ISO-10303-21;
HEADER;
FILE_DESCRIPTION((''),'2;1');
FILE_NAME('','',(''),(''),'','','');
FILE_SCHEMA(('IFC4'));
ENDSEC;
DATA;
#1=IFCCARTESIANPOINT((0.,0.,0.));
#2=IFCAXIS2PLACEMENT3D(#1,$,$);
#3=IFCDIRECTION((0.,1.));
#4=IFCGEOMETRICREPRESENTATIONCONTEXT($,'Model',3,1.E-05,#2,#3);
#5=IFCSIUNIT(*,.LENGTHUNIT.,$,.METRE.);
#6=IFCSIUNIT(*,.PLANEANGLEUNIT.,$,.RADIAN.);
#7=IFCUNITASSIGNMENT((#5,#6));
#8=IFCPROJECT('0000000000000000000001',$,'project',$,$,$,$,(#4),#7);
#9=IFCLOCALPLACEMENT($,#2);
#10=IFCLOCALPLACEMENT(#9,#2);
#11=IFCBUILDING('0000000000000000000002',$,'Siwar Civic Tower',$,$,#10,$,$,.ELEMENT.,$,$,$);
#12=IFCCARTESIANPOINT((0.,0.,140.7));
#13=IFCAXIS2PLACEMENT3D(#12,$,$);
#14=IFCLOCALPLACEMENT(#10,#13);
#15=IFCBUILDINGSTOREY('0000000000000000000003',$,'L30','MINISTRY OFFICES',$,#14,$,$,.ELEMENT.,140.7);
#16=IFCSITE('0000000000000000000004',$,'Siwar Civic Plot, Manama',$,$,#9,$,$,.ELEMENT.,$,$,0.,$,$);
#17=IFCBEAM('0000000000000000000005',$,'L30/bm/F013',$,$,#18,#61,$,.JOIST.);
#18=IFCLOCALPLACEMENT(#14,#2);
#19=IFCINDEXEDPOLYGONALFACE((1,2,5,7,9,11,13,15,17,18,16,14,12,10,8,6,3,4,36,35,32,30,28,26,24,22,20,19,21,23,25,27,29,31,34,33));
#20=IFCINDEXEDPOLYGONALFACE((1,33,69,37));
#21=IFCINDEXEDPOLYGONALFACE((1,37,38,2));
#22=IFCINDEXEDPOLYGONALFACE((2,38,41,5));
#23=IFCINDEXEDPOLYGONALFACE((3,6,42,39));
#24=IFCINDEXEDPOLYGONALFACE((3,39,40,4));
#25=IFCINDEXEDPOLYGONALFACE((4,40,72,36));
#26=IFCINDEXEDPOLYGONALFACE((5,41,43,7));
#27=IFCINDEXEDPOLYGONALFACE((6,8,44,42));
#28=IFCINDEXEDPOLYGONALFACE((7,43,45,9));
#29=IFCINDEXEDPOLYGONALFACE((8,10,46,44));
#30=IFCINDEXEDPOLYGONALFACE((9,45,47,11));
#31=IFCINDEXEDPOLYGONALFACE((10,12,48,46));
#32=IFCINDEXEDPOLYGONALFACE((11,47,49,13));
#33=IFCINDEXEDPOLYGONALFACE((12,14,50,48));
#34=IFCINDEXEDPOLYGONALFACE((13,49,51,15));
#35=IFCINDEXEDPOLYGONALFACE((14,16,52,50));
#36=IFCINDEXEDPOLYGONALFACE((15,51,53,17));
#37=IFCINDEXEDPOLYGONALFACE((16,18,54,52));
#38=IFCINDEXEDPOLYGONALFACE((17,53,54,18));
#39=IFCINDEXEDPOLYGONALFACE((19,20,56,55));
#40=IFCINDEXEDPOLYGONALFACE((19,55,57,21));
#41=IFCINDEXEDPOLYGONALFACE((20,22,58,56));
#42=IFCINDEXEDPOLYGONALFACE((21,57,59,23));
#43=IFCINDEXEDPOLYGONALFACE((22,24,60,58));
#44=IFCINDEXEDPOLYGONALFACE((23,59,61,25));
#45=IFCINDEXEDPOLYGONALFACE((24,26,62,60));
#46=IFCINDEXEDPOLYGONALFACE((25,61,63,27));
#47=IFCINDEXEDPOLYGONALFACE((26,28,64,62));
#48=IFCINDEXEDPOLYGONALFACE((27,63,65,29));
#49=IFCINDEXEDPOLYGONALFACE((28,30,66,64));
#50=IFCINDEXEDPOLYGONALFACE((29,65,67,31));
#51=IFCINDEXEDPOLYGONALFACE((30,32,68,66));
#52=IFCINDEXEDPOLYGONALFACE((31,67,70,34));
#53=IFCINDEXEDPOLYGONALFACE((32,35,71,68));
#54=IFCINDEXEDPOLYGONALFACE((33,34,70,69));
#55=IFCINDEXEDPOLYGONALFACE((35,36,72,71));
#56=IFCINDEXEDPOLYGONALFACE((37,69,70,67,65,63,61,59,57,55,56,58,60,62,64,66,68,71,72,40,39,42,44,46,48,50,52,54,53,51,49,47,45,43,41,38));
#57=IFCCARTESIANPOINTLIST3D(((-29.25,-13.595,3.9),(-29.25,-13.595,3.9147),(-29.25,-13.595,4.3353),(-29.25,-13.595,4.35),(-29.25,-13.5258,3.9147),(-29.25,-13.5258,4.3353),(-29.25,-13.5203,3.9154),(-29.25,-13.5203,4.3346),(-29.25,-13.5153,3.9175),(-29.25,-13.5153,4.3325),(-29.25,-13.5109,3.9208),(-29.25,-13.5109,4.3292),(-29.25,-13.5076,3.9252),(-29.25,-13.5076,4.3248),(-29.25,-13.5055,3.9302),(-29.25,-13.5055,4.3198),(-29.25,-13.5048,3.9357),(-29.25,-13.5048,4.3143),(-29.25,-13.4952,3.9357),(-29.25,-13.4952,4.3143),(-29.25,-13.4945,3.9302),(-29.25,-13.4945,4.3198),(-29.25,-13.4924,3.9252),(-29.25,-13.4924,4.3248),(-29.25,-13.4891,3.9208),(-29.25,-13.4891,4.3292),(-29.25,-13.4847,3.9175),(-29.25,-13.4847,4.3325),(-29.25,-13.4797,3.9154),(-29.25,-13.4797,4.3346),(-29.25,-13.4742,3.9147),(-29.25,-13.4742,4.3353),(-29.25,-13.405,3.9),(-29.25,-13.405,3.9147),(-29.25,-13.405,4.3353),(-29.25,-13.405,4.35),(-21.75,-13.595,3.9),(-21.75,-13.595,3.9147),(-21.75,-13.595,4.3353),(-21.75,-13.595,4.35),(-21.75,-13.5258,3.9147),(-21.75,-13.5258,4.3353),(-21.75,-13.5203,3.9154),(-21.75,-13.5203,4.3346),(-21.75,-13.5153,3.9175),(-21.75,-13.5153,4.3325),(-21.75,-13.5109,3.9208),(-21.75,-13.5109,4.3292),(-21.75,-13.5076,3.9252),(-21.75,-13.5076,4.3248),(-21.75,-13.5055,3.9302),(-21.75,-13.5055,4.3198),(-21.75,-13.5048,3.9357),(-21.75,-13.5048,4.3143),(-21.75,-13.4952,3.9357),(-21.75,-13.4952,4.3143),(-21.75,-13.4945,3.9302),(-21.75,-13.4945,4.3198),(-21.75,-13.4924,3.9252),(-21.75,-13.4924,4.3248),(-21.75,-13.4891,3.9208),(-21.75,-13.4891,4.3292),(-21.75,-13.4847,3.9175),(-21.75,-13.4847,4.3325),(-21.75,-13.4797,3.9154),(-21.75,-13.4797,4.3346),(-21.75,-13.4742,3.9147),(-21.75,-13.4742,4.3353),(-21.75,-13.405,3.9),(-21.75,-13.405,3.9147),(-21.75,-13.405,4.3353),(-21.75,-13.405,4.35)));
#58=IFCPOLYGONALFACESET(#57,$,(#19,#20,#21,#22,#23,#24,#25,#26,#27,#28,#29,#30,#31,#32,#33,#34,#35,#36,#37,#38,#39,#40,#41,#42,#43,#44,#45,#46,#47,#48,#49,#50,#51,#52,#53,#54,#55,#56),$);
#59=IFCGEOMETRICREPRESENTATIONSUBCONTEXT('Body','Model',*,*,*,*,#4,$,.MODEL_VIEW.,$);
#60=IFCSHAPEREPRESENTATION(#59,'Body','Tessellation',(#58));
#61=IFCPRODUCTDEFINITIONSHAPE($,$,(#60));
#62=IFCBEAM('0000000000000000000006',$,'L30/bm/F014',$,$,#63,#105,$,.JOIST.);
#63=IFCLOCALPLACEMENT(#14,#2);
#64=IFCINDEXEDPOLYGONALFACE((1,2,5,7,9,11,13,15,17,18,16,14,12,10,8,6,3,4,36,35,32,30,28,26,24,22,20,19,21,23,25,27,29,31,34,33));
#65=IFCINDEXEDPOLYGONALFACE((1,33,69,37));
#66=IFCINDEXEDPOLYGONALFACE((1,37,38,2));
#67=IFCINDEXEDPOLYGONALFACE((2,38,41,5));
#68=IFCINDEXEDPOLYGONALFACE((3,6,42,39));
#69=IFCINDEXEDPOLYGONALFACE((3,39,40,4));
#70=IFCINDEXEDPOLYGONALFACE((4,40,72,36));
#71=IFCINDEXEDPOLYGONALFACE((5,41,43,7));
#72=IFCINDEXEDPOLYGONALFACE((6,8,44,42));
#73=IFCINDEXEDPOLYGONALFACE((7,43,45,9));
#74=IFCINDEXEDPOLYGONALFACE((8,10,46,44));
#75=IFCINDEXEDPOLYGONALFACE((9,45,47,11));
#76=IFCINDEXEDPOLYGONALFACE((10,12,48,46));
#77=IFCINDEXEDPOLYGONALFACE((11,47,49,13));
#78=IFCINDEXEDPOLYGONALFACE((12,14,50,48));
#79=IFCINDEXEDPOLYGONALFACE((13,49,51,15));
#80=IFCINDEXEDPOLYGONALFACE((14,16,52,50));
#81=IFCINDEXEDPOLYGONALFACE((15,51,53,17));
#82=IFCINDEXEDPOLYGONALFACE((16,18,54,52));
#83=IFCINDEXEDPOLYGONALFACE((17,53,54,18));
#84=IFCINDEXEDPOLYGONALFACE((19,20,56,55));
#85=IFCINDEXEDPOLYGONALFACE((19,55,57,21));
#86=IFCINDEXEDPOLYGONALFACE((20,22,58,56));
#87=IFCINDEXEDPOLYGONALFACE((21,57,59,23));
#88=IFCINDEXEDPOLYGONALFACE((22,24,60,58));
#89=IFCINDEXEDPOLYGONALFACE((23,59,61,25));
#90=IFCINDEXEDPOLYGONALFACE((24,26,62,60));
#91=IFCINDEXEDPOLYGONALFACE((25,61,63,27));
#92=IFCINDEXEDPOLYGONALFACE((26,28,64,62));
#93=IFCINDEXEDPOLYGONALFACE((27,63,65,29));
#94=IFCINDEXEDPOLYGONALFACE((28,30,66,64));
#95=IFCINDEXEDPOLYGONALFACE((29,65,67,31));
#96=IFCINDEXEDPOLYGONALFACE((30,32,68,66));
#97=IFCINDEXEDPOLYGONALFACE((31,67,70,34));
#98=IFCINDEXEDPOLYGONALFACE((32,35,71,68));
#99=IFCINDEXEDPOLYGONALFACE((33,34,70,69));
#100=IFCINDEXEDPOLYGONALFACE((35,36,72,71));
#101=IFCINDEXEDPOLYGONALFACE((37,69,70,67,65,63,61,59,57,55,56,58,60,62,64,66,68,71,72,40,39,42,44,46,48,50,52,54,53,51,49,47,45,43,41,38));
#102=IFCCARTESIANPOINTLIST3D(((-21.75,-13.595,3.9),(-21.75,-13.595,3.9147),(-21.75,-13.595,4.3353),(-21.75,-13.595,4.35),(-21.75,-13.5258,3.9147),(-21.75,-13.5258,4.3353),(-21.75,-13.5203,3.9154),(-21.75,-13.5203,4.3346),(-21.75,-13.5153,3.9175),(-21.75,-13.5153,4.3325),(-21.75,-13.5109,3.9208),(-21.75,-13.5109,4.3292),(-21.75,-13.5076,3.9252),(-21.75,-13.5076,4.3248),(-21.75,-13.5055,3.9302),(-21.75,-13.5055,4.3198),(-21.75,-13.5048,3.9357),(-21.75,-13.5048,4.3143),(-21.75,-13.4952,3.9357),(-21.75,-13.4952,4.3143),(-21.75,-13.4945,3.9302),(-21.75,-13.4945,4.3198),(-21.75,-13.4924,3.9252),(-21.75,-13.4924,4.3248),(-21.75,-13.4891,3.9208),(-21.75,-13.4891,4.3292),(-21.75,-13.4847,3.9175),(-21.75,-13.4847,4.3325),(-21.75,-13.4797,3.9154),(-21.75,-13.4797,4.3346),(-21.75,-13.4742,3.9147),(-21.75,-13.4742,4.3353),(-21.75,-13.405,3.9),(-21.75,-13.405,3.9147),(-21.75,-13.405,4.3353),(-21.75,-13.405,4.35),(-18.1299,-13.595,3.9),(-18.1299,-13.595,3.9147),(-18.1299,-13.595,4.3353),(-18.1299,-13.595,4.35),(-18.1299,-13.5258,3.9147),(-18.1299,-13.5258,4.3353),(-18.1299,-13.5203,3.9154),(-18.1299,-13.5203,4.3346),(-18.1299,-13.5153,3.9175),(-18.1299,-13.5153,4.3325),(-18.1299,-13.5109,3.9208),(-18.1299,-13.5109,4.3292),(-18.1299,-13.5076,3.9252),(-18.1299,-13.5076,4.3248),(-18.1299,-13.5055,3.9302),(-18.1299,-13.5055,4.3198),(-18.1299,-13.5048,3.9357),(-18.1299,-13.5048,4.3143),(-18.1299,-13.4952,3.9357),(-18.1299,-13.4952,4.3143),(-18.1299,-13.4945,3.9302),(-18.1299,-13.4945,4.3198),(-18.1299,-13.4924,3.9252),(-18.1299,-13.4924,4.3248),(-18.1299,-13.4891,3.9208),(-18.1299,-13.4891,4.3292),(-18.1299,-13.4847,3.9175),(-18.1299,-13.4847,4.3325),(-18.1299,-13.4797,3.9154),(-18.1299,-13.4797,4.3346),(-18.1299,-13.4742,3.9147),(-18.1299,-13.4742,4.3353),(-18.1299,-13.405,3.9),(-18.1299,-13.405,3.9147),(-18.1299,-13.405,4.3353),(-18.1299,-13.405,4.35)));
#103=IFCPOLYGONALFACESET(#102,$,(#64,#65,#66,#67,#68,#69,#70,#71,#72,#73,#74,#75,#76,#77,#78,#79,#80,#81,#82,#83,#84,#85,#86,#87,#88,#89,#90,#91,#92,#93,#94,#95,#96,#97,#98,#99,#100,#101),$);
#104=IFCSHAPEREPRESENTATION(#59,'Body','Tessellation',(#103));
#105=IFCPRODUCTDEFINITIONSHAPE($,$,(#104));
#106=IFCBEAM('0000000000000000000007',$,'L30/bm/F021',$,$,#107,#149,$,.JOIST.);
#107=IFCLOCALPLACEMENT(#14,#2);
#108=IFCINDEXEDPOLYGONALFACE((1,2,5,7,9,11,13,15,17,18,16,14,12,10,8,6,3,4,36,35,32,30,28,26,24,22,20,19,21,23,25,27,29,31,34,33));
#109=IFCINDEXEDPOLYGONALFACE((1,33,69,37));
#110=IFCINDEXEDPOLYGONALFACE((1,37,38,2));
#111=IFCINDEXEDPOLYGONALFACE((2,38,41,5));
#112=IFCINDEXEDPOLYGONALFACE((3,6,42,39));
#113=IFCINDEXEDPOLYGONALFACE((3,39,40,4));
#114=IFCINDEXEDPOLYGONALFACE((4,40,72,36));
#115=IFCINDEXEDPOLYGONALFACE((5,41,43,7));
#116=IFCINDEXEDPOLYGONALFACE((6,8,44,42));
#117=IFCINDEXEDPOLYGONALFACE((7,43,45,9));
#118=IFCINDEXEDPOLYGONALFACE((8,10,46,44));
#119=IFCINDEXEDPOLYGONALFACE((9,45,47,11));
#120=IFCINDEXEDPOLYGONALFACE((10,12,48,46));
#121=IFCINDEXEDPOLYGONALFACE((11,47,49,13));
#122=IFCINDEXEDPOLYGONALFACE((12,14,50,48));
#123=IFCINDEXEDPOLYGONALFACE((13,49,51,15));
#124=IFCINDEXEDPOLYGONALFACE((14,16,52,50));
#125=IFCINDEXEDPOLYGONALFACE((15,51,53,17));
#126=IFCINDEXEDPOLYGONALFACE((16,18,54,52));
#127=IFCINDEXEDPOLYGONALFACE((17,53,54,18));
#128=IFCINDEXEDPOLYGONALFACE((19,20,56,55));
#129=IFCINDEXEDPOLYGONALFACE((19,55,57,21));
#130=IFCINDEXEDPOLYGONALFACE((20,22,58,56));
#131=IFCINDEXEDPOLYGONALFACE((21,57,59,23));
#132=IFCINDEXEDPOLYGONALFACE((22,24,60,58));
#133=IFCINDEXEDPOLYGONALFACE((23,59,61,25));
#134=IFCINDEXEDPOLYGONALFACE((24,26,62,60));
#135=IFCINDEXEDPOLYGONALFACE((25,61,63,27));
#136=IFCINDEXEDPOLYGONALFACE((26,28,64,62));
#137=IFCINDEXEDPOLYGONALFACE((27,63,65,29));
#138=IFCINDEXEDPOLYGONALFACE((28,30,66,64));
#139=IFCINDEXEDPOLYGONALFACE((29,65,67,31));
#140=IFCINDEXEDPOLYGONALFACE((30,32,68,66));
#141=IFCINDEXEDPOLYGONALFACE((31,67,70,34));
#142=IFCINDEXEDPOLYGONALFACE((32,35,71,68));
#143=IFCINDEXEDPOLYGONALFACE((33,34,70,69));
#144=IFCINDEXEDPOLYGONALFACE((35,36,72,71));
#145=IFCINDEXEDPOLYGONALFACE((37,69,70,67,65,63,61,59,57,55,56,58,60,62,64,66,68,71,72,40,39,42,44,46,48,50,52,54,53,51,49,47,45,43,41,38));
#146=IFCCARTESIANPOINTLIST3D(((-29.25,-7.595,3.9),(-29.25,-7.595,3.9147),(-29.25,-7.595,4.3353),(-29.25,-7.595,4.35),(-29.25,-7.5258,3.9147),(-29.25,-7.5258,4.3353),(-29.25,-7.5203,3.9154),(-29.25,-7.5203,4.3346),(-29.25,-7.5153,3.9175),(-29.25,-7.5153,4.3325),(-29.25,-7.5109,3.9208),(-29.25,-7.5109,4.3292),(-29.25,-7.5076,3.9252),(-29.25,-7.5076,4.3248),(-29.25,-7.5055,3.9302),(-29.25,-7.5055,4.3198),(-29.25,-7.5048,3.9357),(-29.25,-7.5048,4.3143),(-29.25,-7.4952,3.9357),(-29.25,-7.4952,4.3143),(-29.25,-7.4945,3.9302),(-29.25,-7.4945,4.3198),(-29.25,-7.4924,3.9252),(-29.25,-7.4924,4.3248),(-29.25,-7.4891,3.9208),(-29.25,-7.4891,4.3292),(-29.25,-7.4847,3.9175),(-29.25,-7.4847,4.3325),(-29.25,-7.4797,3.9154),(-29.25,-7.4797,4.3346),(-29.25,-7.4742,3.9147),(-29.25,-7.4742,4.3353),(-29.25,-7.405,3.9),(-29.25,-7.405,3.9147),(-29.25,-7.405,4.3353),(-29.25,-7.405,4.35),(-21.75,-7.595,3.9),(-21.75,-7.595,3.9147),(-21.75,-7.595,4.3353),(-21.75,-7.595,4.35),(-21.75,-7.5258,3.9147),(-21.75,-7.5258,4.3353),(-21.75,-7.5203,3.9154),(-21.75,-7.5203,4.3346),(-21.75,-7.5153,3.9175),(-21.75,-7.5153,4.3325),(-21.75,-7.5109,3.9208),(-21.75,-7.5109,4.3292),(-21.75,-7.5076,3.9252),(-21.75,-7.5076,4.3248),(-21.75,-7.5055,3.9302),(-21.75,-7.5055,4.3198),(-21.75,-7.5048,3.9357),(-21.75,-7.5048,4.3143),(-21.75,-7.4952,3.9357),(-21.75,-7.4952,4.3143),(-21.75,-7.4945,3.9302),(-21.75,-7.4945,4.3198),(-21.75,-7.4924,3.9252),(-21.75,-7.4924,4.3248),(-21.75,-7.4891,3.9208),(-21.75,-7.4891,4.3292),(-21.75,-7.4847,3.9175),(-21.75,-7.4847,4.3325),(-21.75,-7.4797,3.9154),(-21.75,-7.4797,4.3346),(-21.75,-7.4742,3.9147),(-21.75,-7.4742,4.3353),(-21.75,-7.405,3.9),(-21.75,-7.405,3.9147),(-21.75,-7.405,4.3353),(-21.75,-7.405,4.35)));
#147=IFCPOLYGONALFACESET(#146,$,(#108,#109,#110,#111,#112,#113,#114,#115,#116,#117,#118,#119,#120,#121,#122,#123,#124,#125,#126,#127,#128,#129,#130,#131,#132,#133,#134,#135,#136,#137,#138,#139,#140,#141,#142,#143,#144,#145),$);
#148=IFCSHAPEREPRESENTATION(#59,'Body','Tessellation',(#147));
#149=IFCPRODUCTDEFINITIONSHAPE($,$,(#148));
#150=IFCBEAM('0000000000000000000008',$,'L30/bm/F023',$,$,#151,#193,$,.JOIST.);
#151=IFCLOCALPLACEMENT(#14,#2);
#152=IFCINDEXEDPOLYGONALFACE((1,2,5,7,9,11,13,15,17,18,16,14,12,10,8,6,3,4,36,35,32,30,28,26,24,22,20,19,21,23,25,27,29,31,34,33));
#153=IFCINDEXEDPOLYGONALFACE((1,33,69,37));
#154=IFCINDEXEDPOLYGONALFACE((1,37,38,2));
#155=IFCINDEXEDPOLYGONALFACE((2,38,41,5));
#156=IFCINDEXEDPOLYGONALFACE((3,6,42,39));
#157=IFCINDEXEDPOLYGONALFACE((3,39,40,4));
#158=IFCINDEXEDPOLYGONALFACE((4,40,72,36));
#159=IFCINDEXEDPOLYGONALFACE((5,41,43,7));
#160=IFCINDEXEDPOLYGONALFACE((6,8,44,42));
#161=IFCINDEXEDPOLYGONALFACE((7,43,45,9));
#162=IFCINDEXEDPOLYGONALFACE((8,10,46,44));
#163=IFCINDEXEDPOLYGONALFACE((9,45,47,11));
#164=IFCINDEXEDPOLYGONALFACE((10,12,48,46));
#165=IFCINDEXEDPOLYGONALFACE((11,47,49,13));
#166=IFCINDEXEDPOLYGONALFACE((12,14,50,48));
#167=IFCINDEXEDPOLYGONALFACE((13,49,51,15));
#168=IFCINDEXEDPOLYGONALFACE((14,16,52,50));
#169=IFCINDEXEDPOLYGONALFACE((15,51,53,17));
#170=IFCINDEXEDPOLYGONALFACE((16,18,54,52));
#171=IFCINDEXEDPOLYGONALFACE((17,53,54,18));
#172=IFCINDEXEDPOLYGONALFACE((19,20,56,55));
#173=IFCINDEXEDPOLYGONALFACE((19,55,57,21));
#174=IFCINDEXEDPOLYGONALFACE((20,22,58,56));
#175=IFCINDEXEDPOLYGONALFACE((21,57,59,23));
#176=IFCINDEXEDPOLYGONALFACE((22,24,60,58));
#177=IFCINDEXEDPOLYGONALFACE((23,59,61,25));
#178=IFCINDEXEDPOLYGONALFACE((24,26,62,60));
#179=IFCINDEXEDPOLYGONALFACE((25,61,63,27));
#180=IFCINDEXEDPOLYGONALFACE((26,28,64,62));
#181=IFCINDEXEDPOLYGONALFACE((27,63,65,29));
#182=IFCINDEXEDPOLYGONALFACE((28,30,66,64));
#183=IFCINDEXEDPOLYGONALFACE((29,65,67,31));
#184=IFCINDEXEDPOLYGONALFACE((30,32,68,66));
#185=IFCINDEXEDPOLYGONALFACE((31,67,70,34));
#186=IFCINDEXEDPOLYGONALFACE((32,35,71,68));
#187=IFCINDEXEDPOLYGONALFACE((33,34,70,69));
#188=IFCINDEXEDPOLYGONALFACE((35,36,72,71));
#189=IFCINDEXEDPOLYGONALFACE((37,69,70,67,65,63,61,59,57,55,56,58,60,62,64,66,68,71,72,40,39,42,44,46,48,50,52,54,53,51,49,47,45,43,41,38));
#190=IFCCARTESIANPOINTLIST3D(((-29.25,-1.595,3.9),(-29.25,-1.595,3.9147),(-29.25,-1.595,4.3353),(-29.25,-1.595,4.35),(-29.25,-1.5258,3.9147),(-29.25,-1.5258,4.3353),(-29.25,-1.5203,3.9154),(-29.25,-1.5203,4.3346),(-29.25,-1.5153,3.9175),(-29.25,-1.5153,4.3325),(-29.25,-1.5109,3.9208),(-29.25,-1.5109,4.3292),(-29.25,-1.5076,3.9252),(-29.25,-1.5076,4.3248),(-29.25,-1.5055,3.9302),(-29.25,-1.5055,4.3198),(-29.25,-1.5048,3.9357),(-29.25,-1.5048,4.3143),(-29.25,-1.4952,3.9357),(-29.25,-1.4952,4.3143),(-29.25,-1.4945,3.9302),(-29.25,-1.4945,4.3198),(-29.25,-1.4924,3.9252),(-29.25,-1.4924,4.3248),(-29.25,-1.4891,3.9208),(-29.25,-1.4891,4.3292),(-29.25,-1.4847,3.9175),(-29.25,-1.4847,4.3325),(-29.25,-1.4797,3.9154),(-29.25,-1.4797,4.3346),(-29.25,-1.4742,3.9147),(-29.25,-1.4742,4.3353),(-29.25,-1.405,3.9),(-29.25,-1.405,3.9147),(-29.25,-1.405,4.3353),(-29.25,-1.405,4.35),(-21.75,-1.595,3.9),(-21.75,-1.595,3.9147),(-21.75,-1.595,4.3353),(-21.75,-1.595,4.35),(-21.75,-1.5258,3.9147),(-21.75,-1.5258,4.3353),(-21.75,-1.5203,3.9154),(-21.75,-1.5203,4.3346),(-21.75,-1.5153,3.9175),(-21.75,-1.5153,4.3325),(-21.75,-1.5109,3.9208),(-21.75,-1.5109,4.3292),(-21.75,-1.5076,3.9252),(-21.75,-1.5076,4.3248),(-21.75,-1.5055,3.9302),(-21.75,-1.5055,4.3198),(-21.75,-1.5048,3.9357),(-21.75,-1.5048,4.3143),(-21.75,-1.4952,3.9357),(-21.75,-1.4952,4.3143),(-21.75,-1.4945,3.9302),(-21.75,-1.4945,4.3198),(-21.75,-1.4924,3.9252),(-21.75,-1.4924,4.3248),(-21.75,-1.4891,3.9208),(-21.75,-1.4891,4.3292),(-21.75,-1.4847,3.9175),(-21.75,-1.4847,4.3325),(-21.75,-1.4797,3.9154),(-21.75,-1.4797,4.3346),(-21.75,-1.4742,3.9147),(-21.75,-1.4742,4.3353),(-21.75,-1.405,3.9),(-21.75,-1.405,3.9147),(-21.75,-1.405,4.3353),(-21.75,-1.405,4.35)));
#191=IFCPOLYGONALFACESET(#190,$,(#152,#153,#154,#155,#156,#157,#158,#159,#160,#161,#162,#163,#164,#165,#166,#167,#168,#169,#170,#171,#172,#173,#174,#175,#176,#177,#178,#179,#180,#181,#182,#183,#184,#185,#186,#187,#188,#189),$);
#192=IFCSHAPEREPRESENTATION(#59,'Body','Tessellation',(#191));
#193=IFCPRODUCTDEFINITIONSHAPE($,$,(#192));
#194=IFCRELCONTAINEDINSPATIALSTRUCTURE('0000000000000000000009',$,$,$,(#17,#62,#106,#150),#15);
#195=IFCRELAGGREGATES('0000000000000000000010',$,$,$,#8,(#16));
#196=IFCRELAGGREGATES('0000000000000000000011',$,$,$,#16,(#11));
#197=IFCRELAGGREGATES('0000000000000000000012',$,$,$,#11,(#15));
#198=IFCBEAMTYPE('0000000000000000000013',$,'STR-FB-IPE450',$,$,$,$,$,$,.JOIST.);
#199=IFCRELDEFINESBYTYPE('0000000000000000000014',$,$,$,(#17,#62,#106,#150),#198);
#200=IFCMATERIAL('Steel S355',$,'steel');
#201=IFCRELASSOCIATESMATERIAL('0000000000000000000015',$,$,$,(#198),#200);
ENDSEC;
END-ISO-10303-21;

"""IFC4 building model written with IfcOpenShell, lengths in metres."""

from ifc_helpers import new_model, si_unit, direction, frame, origin, origin_2d, place, context, subcontext, project, spatial, i_section, extrude, material, material_profile, profile_set, type_object, element, save


model = new_model("IFC4")

# Units and contexts
model_context = context("Model", 3, precision=1e-05, world=origin(), true_north=direction((0.0, 1.0)))
body_context = subcontext(model_context, "Body", "Model", "MODEL_VIEW")
ifc_project = project(units=[si_unit("LENGTHUNIT", "METRE"), si_unit("PLANEANGLEUNIT", "RADIAN")], contexts=[model_context])

# Site, building, storey
site_placement = place(None, origin())
site = spatial("IfcSite", under=ifc_project, at=site_placement, Name="Siwar Civic Plot, Manama", CompositionType="ELEMENT", RefElevation=0.0)
building_placement = place(site_placement, origin())
building = spatial("IfcBuilding", under=site, at=building_placement, Name="Siwar Civic Tower", CompositionType="ELEMENT")
storey_placement = place(building_placement, frame((0.0, 0.0, 140.7)))
storey = spatial("IfcBuildingStorey", under=building, at=storey_placement, Name="L30", Description="MINISTRY OFFICES", CompositionType="ELEMENT", Elevation=140.7)

# Beams
ifc_material_1 = material(Name="Steel S355", Category="steel")
ifc_material_profile_1 = material_profile(ifc_material_1, i_section(OverallWidth=0.1899, OverallDepth=0.45, WebThickness=0.0095, FlangeThickness=0.0146, FilletRadius=0.021, at=origin_2d()), Name="IPE450")
ifc_profile_set_1 = profile_set([ifc_material_profile_1], Name="Steel S355")
beam_type_1 = type_object("IfcBeamType", Name="STR-FB-IPE450", PredefinedType="JOIST", material=ifc_profile_set_1)
beam_1_placement = place(storey_placement, frame((-29.25, -13.5, 4.125), z_axis=(1.0, 0.0, 0.0), x_axis=(0.0, 1.0, 0.0)))
element("IfcBeam", 1, at=beam_1_placement, inside=storey, type_object=beam_type_1, Name="L30/bm/F013", PredefinedType="JOIST", context=body_context, shape_type="SweptSolid", body=[
    extrude(i_section(OverallWidth=0.1899, OverallDepth=0.45, WebThickness=0.0095, FlangeThickness=0.0146, FilletRadius=0.021, at=origin_2d()), origin(), (0.0, 0.0, 1.0), 7.5),
])
beam_2_placement = place(storey_placement, frame((-21.75, -13.5, 4.125), z_axis=(1.0, 0.0, 0.0), x_axis=(0.0, 1.0, 0.0)))
element("IfcBeam", 2, at=beam_2_placement, inside=storey, type_object=beam_type_1, Name="L30/bm/F014", PredefinedType="JOIST", context=body_context, shape_type="SweptSolid", body=[
    extrude(i_section(OverallWidth=0.1899, OverallDepth=0.45, WebThickness=0.0095, FlangeThickness=0.0146, FilletRadius=0.021, at=origin_2d()), origin(), (0.0, 0.0, 1.0), 3.6201),
])
for number, where, z_axis, x_axis, name in (
    (3, (-29.25, -7.5, 4.125), (1.0, 0.0, 0.0), (0.0, 1.0, 0.0), "L30/bm/F021"),
    (4, (-29.25, -1.5, 4.125), (1.0, 0.0, 0.0), (0.0, 1.0, 0.0), "L30/bm/F023"),
):
    element("IfcBeam", number, at=place(storey_placement, frame(where, z_axis=z_axis, x_axis=x_axis)), inside=storey, type_object=beam_type_1, Name=name, PredefinedType="JOIST", context=body_context, shape_type="SweptSolid", body=[
        extrude(i_section(OverallWidth=0.1899, OverallDepth=0.45, WebThickness=0.0095, FlangeThickness=0.0146, FilletRadius=0.021, at=origin_2d()), origin(), (0.0, 0.0, 1.0), 7.5),
    ])

save(model, "model.ifc")
